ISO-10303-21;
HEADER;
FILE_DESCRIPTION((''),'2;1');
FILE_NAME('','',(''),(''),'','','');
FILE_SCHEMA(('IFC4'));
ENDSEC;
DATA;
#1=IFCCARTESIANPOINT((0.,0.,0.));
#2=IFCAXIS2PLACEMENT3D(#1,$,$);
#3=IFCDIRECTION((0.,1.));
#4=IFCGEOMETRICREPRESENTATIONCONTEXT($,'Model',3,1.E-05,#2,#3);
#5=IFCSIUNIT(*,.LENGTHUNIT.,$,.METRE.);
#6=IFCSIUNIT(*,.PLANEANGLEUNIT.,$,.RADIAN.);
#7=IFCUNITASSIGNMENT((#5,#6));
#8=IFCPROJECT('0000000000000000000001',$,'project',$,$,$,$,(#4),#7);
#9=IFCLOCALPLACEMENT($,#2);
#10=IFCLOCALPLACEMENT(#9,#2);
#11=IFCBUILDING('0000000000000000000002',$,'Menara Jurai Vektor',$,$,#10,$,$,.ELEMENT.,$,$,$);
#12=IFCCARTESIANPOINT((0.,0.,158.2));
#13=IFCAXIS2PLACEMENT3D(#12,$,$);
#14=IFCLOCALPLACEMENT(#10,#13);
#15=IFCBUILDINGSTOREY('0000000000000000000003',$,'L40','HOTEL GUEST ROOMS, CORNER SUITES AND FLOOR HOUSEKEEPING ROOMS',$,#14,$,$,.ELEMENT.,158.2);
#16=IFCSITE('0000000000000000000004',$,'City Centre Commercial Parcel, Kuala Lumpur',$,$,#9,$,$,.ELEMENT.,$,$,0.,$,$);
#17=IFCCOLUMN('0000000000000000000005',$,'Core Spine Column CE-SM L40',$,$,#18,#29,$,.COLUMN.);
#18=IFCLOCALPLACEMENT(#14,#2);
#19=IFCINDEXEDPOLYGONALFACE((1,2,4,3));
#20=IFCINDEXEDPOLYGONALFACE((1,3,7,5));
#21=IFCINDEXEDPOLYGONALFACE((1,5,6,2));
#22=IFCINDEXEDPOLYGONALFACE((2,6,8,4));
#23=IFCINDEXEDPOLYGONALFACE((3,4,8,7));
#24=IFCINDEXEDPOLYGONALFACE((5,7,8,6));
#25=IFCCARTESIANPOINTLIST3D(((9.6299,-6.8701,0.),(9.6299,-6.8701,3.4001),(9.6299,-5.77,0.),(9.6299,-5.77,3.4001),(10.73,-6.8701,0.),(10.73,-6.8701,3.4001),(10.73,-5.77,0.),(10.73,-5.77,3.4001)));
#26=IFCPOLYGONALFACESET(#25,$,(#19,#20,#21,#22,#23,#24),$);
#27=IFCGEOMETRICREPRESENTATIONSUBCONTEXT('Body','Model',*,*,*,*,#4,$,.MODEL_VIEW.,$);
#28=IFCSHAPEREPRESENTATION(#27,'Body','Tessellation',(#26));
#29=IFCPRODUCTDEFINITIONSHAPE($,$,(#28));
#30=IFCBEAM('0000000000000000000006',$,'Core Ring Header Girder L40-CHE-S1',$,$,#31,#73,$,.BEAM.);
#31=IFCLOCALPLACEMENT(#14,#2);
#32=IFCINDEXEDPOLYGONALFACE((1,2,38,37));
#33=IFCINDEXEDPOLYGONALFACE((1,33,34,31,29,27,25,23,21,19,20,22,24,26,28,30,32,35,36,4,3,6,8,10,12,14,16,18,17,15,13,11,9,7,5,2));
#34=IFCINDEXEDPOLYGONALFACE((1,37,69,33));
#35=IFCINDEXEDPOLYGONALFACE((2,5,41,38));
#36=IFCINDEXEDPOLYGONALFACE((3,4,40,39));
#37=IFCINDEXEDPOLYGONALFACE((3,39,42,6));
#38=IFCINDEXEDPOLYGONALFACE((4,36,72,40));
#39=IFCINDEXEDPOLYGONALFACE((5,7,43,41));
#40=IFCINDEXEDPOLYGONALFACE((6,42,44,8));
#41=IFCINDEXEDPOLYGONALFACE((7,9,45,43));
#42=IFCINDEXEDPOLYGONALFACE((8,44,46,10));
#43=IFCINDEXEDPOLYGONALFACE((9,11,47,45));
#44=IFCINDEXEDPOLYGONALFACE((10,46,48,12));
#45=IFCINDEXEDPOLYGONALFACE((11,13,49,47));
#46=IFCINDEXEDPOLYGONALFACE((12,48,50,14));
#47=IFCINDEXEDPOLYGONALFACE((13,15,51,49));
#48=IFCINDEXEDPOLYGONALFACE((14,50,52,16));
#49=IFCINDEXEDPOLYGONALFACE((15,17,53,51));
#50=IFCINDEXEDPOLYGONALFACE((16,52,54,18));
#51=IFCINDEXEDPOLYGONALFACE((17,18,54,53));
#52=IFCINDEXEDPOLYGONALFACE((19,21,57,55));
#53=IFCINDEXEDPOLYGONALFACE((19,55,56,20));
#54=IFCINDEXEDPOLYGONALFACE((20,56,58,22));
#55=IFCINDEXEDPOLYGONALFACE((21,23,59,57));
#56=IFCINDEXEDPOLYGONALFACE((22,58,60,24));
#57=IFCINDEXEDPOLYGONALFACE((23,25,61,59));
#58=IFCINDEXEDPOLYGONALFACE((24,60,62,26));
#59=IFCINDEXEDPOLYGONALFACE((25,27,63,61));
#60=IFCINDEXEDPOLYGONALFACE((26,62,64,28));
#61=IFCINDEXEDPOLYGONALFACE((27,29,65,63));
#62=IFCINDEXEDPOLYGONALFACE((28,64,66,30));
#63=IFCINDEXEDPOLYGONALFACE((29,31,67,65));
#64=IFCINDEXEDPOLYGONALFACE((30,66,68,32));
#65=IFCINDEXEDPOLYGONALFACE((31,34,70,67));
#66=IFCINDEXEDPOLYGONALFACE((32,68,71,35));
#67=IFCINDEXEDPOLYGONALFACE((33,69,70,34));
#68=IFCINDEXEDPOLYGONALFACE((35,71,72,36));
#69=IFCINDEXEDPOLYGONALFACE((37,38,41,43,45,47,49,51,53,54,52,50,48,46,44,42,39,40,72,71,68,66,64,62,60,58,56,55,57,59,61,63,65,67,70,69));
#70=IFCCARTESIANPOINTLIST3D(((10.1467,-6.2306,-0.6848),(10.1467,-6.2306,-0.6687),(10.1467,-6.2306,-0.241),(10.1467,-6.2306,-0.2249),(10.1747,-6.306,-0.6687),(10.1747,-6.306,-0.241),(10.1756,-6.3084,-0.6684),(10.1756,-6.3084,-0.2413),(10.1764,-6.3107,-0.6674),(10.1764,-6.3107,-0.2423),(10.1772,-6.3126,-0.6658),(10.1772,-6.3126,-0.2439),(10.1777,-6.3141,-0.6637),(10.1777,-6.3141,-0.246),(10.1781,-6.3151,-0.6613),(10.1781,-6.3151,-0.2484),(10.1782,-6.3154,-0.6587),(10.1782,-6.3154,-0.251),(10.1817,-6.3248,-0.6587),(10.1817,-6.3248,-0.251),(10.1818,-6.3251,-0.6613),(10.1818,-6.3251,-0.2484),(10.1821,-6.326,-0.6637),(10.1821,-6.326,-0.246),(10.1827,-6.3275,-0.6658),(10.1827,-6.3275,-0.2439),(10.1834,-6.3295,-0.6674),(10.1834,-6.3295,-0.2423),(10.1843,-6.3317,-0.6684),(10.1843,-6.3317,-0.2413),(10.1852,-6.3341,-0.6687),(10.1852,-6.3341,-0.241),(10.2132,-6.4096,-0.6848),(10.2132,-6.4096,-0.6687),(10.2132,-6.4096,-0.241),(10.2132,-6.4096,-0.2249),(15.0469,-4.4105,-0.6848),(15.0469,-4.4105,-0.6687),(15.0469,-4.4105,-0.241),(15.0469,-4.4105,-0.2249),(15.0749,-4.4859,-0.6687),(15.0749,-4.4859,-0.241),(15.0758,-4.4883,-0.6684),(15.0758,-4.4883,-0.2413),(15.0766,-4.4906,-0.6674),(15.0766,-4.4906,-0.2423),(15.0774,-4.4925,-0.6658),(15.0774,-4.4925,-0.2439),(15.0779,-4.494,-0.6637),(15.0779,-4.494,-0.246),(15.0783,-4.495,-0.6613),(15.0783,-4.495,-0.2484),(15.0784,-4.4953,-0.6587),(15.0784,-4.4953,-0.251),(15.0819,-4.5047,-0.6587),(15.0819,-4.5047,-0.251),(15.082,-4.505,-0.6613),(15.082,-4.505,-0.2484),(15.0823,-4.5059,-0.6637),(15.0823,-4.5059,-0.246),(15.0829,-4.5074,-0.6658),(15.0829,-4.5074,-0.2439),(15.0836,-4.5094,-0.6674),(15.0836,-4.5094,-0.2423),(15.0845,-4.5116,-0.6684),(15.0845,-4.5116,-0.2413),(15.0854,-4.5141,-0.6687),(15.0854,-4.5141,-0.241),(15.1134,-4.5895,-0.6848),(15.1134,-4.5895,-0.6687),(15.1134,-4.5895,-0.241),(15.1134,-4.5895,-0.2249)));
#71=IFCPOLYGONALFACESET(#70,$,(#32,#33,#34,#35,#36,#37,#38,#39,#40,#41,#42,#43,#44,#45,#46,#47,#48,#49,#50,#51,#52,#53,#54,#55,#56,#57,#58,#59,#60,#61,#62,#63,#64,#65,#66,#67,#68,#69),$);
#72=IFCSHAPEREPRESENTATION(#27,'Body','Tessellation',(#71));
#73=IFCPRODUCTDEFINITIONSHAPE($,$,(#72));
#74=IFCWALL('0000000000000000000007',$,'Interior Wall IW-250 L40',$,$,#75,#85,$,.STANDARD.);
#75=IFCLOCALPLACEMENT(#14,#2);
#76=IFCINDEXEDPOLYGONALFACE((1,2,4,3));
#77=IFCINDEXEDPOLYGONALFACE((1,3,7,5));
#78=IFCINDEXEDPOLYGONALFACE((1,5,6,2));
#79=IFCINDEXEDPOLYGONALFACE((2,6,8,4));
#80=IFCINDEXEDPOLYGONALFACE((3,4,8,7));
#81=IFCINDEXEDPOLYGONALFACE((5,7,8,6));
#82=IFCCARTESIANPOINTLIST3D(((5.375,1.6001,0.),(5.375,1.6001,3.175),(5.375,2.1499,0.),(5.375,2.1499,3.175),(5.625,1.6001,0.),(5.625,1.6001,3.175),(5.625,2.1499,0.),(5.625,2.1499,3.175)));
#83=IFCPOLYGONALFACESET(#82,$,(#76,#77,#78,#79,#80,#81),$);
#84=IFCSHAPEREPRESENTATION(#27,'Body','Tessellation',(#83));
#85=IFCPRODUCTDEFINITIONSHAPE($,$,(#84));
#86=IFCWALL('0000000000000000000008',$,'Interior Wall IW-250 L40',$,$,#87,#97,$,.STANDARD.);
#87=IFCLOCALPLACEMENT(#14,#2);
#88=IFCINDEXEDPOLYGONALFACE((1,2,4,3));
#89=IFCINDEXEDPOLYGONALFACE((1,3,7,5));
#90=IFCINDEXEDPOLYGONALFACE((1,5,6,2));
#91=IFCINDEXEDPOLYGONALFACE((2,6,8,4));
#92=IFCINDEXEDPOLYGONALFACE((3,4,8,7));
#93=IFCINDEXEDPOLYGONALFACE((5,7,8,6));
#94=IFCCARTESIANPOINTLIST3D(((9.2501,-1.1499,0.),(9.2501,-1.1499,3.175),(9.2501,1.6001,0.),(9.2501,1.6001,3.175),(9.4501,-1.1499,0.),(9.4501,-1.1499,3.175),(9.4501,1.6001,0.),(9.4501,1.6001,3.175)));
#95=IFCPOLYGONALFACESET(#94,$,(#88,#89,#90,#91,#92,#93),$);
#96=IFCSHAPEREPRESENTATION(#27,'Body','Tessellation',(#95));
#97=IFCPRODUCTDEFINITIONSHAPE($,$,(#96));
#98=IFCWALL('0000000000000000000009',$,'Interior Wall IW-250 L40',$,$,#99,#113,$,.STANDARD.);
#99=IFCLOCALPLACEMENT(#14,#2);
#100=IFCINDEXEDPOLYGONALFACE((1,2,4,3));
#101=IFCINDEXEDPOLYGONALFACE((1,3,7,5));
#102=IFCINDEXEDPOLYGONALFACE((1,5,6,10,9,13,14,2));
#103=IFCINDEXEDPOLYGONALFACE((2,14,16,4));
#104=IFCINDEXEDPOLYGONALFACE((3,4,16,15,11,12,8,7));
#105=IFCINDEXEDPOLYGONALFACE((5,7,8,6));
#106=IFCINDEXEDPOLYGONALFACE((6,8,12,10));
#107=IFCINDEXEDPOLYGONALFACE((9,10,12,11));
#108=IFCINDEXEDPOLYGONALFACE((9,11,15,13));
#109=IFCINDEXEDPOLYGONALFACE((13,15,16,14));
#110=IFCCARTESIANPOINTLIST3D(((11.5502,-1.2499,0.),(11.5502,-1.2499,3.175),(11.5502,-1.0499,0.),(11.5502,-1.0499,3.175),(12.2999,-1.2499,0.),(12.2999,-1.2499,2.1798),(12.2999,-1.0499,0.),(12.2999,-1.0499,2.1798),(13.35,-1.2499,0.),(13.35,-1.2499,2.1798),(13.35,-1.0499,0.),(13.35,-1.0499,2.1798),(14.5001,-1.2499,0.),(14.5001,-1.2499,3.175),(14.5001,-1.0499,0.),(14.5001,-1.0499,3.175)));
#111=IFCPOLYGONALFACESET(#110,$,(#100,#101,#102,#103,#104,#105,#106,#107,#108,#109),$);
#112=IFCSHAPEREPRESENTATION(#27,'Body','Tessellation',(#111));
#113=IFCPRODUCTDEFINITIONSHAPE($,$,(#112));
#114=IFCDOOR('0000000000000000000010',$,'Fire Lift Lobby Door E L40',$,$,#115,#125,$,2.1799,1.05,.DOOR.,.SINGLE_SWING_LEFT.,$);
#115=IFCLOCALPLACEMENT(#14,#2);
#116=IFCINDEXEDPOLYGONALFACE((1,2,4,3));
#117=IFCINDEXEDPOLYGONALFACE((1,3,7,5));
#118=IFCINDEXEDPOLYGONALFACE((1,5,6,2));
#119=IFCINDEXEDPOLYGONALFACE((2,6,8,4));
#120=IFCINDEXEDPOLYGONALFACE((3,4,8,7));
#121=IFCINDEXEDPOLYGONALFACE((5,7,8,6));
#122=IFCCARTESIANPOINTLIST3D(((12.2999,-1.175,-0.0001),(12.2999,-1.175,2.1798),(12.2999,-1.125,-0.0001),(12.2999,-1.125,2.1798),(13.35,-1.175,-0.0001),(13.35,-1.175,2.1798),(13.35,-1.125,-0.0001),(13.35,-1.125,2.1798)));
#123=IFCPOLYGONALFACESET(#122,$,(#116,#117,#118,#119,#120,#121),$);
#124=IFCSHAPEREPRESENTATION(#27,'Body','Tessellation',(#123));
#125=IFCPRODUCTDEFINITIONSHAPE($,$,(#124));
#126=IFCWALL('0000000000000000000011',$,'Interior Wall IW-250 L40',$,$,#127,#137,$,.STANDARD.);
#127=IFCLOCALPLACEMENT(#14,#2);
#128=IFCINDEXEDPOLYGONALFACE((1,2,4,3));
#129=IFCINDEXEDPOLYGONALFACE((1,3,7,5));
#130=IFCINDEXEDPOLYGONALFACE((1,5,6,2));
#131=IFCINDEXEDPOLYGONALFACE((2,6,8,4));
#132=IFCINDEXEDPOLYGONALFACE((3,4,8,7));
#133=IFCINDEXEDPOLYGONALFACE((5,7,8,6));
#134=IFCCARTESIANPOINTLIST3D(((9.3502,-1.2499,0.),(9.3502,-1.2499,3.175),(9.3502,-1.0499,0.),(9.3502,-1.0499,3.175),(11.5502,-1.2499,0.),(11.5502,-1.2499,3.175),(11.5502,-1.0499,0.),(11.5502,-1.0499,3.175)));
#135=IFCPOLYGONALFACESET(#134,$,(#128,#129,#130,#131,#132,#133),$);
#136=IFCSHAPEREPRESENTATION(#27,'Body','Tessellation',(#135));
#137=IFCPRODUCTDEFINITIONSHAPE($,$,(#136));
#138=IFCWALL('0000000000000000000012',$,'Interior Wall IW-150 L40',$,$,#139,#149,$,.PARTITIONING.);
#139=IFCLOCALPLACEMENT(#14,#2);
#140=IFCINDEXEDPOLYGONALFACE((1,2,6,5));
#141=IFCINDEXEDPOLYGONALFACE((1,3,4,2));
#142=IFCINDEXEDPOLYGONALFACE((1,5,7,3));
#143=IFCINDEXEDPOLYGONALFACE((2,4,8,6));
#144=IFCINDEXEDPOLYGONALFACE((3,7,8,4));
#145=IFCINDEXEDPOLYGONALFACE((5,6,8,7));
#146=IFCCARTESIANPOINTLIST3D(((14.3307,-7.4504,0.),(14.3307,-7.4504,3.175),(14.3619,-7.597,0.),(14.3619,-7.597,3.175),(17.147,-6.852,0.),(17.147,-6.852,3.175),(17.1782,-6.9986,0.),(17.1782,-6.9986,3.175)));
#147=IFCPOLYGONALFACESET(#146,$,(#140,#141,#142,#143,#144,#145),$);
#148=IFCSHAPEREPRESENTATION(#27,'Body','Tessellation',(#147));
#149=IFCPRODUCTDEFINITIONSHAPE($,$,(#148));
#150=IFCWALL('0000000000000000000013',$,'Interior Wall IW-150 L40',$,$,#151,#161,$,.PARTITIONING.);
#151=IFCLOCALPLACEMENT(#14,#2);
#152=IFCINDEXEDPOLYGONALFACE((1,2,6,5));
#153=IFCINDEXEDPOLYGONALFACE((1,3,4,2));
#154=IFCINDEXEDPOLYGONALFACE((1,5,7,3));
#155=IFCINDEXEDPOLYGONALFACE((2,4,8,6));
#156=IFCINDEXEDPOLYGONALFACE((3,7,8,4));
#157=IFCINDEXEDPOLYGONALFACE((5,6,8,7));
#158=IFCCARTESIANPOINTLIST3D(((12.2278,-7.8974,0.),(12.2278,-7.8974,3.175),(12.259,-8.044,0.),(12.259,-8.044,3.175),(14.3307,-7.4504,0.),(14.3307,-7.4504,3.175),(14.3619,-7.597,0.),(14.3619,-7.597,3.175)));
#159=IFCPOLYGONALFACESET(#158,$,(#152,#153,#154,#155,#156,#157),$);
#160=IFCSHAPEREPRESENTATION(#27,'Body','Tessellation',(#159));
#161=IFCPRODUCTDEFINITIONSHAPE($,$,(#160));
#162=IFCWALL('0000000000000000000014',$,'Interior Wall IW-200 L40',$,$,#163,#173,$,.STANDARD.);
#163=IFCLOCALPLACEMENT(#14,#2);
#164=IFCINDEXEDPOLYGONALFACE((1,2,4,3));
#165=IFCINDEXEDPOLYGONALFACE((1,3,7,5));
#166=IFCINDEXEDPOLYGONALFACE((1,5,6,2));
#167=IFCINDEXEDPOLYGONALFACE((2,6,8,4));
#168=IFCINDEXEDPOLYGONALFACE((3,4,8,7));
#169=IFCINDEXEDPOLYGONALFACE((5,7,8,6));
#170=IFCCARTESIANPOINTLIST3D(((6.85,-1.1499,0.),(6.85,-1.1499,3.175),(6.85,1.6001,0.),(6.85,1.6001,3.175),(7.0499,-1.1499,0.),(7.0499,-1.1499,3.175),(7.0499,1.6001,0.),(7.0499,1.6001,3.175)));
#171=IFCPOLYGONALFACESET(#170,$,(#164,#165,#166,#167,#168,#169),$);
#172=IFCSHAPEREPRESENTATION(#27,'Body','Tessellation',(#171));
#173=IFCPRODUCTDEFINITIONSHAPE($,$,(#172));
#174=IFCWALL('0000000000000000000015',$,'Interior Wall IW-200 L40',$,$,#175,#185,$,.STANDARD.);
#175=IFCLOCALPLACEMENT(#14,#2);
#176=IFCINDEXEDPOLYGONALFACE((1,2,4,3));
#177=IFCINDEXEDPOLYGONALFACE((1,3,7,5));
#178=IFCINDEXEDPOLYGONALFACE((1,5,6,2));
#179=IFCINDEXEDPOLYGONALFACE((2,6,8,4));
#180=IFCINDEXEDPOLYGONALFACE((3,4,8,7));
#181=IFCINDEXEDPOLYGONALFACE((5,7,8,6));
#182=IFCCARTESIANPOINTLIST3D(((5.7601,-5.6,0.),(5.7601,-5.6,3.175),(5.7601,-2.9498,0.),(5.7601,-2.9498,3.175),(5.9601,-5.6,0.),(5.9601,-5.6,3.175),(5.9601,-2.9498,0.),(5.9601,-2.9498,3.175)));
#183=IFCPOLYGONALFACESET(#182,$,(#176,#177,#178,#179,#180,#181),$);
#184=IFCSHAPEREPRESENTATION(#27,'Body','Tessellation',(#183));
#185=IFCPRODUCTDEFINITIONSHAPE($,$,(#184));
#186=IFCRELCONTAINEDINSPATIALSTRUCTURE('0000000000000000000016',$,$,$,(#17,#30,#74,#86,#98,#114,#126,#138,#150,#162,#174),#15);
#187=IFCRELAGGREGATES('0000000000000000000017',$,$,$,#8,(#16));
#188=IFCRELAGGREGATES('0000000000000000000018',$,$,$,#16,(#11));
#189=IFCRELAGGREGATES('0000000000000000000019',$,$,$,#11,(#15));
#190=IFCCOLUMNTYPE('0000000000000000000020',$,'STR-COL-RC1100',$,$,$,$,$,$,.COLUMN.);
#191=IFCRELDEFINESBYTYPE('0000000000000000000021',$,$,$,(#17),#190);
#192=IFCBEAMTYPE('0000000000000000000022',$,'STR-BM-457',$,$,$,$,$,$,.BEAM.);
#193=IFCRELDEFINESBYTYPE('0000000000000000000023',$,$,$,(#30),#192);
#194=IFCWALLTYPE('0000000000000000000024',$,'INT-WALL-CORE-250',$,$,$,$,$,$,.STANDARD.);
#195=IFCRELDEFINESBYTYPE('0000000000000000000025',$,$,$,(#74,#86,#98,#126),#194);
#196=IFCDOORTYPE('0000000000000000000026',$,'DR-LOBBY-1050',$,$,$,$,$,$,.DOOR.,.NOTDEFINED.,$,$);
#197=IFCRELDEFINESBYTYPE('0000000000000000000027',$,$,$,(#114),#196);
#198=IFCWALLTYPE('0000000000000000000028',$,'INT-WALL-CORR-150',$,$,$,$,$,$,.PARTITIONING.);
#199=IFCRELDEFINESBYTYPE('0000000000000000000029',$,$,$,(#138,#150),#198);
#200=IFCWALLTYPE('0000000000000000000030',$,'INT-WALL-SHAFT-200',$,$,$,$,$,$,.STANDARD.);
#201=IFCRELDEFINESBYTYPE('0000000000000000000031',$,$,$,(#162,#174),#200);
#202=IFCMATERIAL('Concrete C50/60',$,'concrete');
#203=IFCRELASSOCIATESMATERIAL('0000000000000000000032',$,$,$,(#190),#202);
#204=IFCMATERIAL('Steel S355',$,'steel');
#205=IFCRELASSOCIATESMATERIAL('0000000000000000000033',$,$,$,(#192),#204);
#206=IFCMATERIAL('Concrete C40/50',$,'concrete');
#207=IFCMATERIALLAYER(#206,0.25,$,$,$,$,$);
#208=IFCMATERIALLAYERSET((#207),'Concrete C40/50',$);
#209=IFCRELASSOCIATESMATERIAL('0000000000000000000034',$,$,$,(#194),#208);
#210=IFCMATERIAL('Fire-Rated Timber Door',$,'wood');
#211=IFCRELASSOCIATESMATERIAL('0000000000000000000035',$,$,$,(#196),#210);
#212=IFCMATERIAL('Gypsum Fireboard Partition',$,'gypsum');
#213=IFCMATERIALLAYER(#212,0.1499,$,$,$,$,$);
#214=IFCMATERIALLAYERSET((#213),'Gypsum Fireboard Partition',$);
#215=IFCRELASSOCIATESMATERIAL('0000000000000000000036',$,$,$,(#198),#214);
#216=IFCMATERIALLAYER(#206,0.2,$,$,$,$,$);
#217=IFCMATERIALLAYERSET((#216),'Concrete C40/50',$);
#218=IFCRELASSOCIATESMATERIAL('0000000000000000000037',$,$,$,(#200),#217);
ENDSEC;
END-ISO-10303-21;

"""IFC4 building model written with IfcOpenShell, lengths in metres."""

from ifc_helpers import new_model, si_unit, direction, frame, frame_2d, origin, origin_2d, place, context, subcontext, project, spatial, rectangle, i_section, extrude, material, layer, layer_set, material_profile, profile_set, type_object, element, fill, save


model = new_model("IFC4")

# Units and contexts
model_context = context("Model", 3, precision=1e-05, world=origin(), true_north=direction((0.0, 1.0)))
body_context = subcontext(model_context, "Body", "Model", "MODEL_VIEW")
ifc_project = project(units=[si_unit("LENGTHUNIT", "METRE"), si_unit("PLANEANGLEUNIT", "RADIAN")], contexts=[model_context])

# Site, building, storey
site_placement = place(None, origin())
site = spatial("IfcSite", under=ifc_project, at=site_placement, Name="City Centre Commercial Parcel, Kuala Lumpur", CompositionType="ELEMENT", RefElevation=0.0)
building_placement = place(site_placement, origin())
building = spatial("IfcBuilding", under=site, at=building_placement, Name="Menara Jurai Vektor", CompositionType="ELEMENT")
storey_placement = place(building_placement, frame((0.0, 0.0, 158.2)))
storey = spatial("IfcBuildingStorey", under=building, at=storey_placement, Name="L40", Description="HOTEL GUEST ROOMS, CORNER SUITES AND FLOOR HOUSEKEEPING ROOMS", CompositionType="ELEMENT", Elevation=158.2)

# Column
ifc_material_1 = material(Name="Concrete C50/60", Category="concrete")
ifc_material_profile_1 = material_profile(ifc_material_1, rectangle(XDim=1.1001, YDim=1.1001, at=origin_2d()), Name="RC 1100x1100")
ifc_profile_set_1 = profile_set([ifc_material_profile_1], Name="Concrete C50/60")
column_type = type_object("IfcColumnType", Name="STR-COL-RC1100", PredefinedType="COLUMN", material=ifc_profile_set_1)
column_placement = place(storey_placement, frame((10.1799, -6.3201, 0.0), z_axis=(0.0, 0.0, 1.0), x_axis=(1.0, 0.0, 0.0)))
element("IfcColumn", 1, at=column_placement, inside=storey, type_object=column_type, Name="Core Spine Column CE-SM L40", PredefinedType="COLUMN", context=body_context, shape_type="SweptSolid", body=[
    extrude(rectangle(XDim=1.1001, YDim=1.1001, at=origin_2d()), origin(), (0.0, 0.0, 1.0), 3.4001),
])

# Beam
ifc_material_2 = material(Name="Steel S355", Category="steel")
ifc_material_profile_2 = material_profile(ifc_material_2, i_section(OverallWidth=0.1909, OverallDepth=0.46, WebThickness=0.01, FlangeThickness=0.0161, FilletRadius=0.01, at=origin_2d()), Name="UKB 457x191x82")
ifc_profile_set_2 = profile_set([ifc_material_profile_2], Name="Steel S355")
beam_type = type_object("IfcBeamType", Name="STR-BM-457", PredefinedType="BEAM", material=ifc_profile_set_2)
beam_placement = place(storey_placement, frame((10.1799, -6.3201, -0.4548), z_axis=(0.937424, 0.348189, 0.0), x_axis=(-0.348189, 0.937424, 0.0)))
element("IfcBeam", 2, at=beam_placement, inside=storey, type_object=beam_type, Name="Core Ring Header Girder L40-CHE-S1", PredefinedType="BEAM", context=body_context, shape_type="SweptSolid", body=[
    extrude(i_section(OverallWidth=0.1909, OverallDepth=0.46, WebThickness=0.01, FlangeThickness=0.0161, FilletRadius=0.01, at=origin_2d()), origin(), (0.0, 0.0, 1.0), 5.2273),
])

# Wall
ifc_material_3 = material(Name="Concrete C40/50", Category="concrete")
ifc_layer_1 = layer(ifc_material_3, 0.25)
ifc_layer_set_1 = layer_set([ifc_layer_1], Name="Concrete C40/50")
wall_type_1 = type_object("IfcWallType", Name="INT-WALL-CORE-250", PredefinedType="STANDARD", material=ifc_layer_set_1)
wall_1_placement = place(storey_placement, frame((5.5, 1.6001, 0.0), z_axis=(0.0, 0.0, 1.0), x_axis=(0.0, 1.0, 0.0)))
element("IfcWall", 3, at=wall_1_placement, inside=storey, type_object=wall_type_1, Name="Interior Wall IW-250 L40", PredefinedType="STANDARD", context=body_context, shape_type="SweptSolid", body=[
    extrude(rectangle(XDim=0.5498, YDim=0.25, at=frame_2d((0.2749, 0.0))), origin(), (0.0, 0.0, 1.0), 3.175),
])

# Wall
wall_2_placement = place(storey_placement, frame((9.3501, -1.1499, 0.0), z_axis=(0.0, 0.0, 1.0), x_axis=(0.0, 1.0, 0.0)))
element("IfcWall", 4, at=wall_2_placement, inside=storey, type_object=wall_type_1, Name="Interior Wall IW-250 L40", PredefinedType="STANDARD", context=body_context, shape_type="SweptSolid", body=[
    extrude(rectangle(XDim=2.75, YDim=0.2, at=frame_2d((1.375, 0.0))), origin(), (0.0, 0.0, 1.0), 3.175),
])

# Wall, opening, door
wall_3_placement = place(storey_placement, frame((11.55, -1.1499, 0.0), z_axis=(0.0, 0.0, 1.0), x_axis=(1.0, 0.0, 0.0)))
wall_3 = element("IfcWall", 5, at=wall_3_placement, inside=storey, type_object=wall_type_1, Name="Interior Wall IW-250 L40", PredefinedType="STANDARD", context=body_context, shape_type="SweptSolid", body=[
    extrude(rectangle(XDim=2.95, YDim=0.2, at=frame_2d((1.4751, 0.0))), origin(), (0.0, 0.0, 1.0), 3.175),
])
opening_1_placement = place(wall_3_placement, frame((0.75, 0.0, 0.0)))
opening_1 = element("IfcOpeningElement", 6, at=opening_1_placement, cuts=wall_3, PredefinedType="OPENING", context=body_context, shape_type="SweptSolid", body=[
    extrude(rectangle(XDim=1.05, YDim=2.1799, at=frame_2d((0.5249, 1.0898))), frame((0.0, 0.1099, 0.0), z_axis=(0.0, -1.0, 0.0), x_axis=(1.0, 0.0, 0.0)), (0.0, 0.0, 1.0), 0.22),
])
ifc_material_4 = material(Name="Fire-Rated Timber Door", Category="wood")
door_type_1 = type_object("IfcDoorType", Name="DR-LOBBY-1050", OperationType="NOTDEFINED", PredefinedType="DOOR", material=ifc_material_4)
door_1_placement = place(opening_1_placement, origin())
door_1 = element("IfcDoor", 7, at=door_1_placement, inside=storey, type_object=door_type_1, Name="Fire Lift Lobby Door E L40", OperationType="SINGLE_SWING_LEFT", OverallHeight=2.1799, OverallWidth=1.05, PredefinedType="DOOR", context=body_context, shape_type="SweptSolid", body=[
    extrude(rectangle(XDim=1.05, YDim=2.1799, at=frame_2d((0.5249, 1.0898))), frame((0.0, 0.0249, 0.0), z_axis=(0.0, -1.0, 0.0), x_axis=(1.0, 0.0, 0.0)), (0.0, 0.0, 1.0), 0.05),
])
fill(opening_1, door_1)

# Walls
wall_4_placement = place(storey_placement, frame((9.3501, -1.1499, 0.0), z_axis=(0.0, 0.0, 1.0), x_axis=(1.0, 0.0, 0.0)))
element("IfcWall", 8, at=wall_4_placement, inside=storey, type_object=wall_type_1, Name="Interior Wall IW-250 L40", PredefinedType="STANDARD", context=body_context, shape_type="SweptSolid", body=[
    extrude(rectangle(XDim=2.2, YDim=0.2, at=frame_2d((1.1001, 0.0))), origin(), (0.0, 0.0, 1.0), 3.175),
])
ifc_material_5 = material(Name="Gypsum Fireboard Partition", Category="gypsum")
ifc_layer_2 = layer(ifc_material_5, 0.1499)
ifc_layer_set_2 = layer_set([ifc_layer_2], Name="Gypsum Fireboard Partition")
wall_type_2 = type_object("IfcWallType", Name="INT-WALL-CORR-150", PredefinedType="PARTITIONING", material=ifc_layer_set_2)
wall_5_placement = place(storey_placement, frame((14.3464, -7.5237, 0.0), z_axis=(0.0, 0.0, 1.0), x_axis=(0.978162, 0.207844, 0.0)))
element("IfcWall", 9, at=wall_5_placement, inside=storey, type_object=wall_type_2, Name="Interior Wall IW-150 L40", PredefinedType="PARTITIONING", context=body_context, shape_type="SweptSolid", body=[
    extrude(rectangle(XDim=2.8792, YDim=0.1499, at=frame_2d((1.4395, 0.0))), origin(), (0.0, 0.0, 1.0), 3.175),
])
wall_6_placement = place(storey_placement, frame((12.2434, -7.9707, 0.0), z_axis=(0.0, 0.0, 1.0), x_axis=(0.978147, 0.207916, 0.0)))
element("IfcWall", 10, at=wall_6_placement, inside=storey, type_object=wall_type_2, Name="Interior Wall IW-150 L40", PredefinedType="PARTITIONING", context=body_context, shape_type="SweptSolid", body=[
    extrude(rectangle(XDim=2.1499, YDim=0.1499, at=frame_2d((1.075, 0.0))), origin(), (0.0, 0.0, 1.0), 3.175),
])
ifc_layer_3 = layer(ifc_material_3, 0.2)
ifc_layer_set_3 = layer_set([ifc_layer_3], Name="Concrete C40/50")
wall_type_3 = type_object("IfcWallType", Name="INT-WALL-SHAFT-200", PredefinedType="STANDARD", material=ifc_layer_set_3)
wall_7_placement = place(storey_placement, frame((6.95, -1.1499, 0.0), z_axis=(0.0, 0.0, 1.0), x_axis=(0.0, 1.0, 0.0)))
element("IfcWall", 11, at=wall_7_placement, inside=storey, type_object=wall_type_3, Name="Interior Wall IW-200 L40", PredefinedType="STANDARD", context=body_context, shape_type="SweptSolid", body=[
    extrude(rectangle(XDim=2.75, YDim=0.2, at=frame_2d((1.375, 0.0))), origin(), (0.0, 0.0, 1.0), 3.175),
])

# Wall
wall_8_placement = place(storey_placement, frame((5.8601, -5.6001, 0.0), z_axis=(0.0, 0.0, 1.0), x_axis=(0.0, 1.0, 0.0)))
element("IfcWall", 12, at=wall_8_placement, inside=storey, type_object=wall_type_3, Name="Interior Wall IW-200 L40", PredefinedType="STANDARD", context=body_context, shape_type="SweptSolid", body=[
    extrude(rectangle(XDim=2.6501, YDim=0.2, at=frame_2d((1.3252, 0.0))), origin(), (0.0, 0.0, 1.0), 3.175),
])

save(model, "model.ifc")
